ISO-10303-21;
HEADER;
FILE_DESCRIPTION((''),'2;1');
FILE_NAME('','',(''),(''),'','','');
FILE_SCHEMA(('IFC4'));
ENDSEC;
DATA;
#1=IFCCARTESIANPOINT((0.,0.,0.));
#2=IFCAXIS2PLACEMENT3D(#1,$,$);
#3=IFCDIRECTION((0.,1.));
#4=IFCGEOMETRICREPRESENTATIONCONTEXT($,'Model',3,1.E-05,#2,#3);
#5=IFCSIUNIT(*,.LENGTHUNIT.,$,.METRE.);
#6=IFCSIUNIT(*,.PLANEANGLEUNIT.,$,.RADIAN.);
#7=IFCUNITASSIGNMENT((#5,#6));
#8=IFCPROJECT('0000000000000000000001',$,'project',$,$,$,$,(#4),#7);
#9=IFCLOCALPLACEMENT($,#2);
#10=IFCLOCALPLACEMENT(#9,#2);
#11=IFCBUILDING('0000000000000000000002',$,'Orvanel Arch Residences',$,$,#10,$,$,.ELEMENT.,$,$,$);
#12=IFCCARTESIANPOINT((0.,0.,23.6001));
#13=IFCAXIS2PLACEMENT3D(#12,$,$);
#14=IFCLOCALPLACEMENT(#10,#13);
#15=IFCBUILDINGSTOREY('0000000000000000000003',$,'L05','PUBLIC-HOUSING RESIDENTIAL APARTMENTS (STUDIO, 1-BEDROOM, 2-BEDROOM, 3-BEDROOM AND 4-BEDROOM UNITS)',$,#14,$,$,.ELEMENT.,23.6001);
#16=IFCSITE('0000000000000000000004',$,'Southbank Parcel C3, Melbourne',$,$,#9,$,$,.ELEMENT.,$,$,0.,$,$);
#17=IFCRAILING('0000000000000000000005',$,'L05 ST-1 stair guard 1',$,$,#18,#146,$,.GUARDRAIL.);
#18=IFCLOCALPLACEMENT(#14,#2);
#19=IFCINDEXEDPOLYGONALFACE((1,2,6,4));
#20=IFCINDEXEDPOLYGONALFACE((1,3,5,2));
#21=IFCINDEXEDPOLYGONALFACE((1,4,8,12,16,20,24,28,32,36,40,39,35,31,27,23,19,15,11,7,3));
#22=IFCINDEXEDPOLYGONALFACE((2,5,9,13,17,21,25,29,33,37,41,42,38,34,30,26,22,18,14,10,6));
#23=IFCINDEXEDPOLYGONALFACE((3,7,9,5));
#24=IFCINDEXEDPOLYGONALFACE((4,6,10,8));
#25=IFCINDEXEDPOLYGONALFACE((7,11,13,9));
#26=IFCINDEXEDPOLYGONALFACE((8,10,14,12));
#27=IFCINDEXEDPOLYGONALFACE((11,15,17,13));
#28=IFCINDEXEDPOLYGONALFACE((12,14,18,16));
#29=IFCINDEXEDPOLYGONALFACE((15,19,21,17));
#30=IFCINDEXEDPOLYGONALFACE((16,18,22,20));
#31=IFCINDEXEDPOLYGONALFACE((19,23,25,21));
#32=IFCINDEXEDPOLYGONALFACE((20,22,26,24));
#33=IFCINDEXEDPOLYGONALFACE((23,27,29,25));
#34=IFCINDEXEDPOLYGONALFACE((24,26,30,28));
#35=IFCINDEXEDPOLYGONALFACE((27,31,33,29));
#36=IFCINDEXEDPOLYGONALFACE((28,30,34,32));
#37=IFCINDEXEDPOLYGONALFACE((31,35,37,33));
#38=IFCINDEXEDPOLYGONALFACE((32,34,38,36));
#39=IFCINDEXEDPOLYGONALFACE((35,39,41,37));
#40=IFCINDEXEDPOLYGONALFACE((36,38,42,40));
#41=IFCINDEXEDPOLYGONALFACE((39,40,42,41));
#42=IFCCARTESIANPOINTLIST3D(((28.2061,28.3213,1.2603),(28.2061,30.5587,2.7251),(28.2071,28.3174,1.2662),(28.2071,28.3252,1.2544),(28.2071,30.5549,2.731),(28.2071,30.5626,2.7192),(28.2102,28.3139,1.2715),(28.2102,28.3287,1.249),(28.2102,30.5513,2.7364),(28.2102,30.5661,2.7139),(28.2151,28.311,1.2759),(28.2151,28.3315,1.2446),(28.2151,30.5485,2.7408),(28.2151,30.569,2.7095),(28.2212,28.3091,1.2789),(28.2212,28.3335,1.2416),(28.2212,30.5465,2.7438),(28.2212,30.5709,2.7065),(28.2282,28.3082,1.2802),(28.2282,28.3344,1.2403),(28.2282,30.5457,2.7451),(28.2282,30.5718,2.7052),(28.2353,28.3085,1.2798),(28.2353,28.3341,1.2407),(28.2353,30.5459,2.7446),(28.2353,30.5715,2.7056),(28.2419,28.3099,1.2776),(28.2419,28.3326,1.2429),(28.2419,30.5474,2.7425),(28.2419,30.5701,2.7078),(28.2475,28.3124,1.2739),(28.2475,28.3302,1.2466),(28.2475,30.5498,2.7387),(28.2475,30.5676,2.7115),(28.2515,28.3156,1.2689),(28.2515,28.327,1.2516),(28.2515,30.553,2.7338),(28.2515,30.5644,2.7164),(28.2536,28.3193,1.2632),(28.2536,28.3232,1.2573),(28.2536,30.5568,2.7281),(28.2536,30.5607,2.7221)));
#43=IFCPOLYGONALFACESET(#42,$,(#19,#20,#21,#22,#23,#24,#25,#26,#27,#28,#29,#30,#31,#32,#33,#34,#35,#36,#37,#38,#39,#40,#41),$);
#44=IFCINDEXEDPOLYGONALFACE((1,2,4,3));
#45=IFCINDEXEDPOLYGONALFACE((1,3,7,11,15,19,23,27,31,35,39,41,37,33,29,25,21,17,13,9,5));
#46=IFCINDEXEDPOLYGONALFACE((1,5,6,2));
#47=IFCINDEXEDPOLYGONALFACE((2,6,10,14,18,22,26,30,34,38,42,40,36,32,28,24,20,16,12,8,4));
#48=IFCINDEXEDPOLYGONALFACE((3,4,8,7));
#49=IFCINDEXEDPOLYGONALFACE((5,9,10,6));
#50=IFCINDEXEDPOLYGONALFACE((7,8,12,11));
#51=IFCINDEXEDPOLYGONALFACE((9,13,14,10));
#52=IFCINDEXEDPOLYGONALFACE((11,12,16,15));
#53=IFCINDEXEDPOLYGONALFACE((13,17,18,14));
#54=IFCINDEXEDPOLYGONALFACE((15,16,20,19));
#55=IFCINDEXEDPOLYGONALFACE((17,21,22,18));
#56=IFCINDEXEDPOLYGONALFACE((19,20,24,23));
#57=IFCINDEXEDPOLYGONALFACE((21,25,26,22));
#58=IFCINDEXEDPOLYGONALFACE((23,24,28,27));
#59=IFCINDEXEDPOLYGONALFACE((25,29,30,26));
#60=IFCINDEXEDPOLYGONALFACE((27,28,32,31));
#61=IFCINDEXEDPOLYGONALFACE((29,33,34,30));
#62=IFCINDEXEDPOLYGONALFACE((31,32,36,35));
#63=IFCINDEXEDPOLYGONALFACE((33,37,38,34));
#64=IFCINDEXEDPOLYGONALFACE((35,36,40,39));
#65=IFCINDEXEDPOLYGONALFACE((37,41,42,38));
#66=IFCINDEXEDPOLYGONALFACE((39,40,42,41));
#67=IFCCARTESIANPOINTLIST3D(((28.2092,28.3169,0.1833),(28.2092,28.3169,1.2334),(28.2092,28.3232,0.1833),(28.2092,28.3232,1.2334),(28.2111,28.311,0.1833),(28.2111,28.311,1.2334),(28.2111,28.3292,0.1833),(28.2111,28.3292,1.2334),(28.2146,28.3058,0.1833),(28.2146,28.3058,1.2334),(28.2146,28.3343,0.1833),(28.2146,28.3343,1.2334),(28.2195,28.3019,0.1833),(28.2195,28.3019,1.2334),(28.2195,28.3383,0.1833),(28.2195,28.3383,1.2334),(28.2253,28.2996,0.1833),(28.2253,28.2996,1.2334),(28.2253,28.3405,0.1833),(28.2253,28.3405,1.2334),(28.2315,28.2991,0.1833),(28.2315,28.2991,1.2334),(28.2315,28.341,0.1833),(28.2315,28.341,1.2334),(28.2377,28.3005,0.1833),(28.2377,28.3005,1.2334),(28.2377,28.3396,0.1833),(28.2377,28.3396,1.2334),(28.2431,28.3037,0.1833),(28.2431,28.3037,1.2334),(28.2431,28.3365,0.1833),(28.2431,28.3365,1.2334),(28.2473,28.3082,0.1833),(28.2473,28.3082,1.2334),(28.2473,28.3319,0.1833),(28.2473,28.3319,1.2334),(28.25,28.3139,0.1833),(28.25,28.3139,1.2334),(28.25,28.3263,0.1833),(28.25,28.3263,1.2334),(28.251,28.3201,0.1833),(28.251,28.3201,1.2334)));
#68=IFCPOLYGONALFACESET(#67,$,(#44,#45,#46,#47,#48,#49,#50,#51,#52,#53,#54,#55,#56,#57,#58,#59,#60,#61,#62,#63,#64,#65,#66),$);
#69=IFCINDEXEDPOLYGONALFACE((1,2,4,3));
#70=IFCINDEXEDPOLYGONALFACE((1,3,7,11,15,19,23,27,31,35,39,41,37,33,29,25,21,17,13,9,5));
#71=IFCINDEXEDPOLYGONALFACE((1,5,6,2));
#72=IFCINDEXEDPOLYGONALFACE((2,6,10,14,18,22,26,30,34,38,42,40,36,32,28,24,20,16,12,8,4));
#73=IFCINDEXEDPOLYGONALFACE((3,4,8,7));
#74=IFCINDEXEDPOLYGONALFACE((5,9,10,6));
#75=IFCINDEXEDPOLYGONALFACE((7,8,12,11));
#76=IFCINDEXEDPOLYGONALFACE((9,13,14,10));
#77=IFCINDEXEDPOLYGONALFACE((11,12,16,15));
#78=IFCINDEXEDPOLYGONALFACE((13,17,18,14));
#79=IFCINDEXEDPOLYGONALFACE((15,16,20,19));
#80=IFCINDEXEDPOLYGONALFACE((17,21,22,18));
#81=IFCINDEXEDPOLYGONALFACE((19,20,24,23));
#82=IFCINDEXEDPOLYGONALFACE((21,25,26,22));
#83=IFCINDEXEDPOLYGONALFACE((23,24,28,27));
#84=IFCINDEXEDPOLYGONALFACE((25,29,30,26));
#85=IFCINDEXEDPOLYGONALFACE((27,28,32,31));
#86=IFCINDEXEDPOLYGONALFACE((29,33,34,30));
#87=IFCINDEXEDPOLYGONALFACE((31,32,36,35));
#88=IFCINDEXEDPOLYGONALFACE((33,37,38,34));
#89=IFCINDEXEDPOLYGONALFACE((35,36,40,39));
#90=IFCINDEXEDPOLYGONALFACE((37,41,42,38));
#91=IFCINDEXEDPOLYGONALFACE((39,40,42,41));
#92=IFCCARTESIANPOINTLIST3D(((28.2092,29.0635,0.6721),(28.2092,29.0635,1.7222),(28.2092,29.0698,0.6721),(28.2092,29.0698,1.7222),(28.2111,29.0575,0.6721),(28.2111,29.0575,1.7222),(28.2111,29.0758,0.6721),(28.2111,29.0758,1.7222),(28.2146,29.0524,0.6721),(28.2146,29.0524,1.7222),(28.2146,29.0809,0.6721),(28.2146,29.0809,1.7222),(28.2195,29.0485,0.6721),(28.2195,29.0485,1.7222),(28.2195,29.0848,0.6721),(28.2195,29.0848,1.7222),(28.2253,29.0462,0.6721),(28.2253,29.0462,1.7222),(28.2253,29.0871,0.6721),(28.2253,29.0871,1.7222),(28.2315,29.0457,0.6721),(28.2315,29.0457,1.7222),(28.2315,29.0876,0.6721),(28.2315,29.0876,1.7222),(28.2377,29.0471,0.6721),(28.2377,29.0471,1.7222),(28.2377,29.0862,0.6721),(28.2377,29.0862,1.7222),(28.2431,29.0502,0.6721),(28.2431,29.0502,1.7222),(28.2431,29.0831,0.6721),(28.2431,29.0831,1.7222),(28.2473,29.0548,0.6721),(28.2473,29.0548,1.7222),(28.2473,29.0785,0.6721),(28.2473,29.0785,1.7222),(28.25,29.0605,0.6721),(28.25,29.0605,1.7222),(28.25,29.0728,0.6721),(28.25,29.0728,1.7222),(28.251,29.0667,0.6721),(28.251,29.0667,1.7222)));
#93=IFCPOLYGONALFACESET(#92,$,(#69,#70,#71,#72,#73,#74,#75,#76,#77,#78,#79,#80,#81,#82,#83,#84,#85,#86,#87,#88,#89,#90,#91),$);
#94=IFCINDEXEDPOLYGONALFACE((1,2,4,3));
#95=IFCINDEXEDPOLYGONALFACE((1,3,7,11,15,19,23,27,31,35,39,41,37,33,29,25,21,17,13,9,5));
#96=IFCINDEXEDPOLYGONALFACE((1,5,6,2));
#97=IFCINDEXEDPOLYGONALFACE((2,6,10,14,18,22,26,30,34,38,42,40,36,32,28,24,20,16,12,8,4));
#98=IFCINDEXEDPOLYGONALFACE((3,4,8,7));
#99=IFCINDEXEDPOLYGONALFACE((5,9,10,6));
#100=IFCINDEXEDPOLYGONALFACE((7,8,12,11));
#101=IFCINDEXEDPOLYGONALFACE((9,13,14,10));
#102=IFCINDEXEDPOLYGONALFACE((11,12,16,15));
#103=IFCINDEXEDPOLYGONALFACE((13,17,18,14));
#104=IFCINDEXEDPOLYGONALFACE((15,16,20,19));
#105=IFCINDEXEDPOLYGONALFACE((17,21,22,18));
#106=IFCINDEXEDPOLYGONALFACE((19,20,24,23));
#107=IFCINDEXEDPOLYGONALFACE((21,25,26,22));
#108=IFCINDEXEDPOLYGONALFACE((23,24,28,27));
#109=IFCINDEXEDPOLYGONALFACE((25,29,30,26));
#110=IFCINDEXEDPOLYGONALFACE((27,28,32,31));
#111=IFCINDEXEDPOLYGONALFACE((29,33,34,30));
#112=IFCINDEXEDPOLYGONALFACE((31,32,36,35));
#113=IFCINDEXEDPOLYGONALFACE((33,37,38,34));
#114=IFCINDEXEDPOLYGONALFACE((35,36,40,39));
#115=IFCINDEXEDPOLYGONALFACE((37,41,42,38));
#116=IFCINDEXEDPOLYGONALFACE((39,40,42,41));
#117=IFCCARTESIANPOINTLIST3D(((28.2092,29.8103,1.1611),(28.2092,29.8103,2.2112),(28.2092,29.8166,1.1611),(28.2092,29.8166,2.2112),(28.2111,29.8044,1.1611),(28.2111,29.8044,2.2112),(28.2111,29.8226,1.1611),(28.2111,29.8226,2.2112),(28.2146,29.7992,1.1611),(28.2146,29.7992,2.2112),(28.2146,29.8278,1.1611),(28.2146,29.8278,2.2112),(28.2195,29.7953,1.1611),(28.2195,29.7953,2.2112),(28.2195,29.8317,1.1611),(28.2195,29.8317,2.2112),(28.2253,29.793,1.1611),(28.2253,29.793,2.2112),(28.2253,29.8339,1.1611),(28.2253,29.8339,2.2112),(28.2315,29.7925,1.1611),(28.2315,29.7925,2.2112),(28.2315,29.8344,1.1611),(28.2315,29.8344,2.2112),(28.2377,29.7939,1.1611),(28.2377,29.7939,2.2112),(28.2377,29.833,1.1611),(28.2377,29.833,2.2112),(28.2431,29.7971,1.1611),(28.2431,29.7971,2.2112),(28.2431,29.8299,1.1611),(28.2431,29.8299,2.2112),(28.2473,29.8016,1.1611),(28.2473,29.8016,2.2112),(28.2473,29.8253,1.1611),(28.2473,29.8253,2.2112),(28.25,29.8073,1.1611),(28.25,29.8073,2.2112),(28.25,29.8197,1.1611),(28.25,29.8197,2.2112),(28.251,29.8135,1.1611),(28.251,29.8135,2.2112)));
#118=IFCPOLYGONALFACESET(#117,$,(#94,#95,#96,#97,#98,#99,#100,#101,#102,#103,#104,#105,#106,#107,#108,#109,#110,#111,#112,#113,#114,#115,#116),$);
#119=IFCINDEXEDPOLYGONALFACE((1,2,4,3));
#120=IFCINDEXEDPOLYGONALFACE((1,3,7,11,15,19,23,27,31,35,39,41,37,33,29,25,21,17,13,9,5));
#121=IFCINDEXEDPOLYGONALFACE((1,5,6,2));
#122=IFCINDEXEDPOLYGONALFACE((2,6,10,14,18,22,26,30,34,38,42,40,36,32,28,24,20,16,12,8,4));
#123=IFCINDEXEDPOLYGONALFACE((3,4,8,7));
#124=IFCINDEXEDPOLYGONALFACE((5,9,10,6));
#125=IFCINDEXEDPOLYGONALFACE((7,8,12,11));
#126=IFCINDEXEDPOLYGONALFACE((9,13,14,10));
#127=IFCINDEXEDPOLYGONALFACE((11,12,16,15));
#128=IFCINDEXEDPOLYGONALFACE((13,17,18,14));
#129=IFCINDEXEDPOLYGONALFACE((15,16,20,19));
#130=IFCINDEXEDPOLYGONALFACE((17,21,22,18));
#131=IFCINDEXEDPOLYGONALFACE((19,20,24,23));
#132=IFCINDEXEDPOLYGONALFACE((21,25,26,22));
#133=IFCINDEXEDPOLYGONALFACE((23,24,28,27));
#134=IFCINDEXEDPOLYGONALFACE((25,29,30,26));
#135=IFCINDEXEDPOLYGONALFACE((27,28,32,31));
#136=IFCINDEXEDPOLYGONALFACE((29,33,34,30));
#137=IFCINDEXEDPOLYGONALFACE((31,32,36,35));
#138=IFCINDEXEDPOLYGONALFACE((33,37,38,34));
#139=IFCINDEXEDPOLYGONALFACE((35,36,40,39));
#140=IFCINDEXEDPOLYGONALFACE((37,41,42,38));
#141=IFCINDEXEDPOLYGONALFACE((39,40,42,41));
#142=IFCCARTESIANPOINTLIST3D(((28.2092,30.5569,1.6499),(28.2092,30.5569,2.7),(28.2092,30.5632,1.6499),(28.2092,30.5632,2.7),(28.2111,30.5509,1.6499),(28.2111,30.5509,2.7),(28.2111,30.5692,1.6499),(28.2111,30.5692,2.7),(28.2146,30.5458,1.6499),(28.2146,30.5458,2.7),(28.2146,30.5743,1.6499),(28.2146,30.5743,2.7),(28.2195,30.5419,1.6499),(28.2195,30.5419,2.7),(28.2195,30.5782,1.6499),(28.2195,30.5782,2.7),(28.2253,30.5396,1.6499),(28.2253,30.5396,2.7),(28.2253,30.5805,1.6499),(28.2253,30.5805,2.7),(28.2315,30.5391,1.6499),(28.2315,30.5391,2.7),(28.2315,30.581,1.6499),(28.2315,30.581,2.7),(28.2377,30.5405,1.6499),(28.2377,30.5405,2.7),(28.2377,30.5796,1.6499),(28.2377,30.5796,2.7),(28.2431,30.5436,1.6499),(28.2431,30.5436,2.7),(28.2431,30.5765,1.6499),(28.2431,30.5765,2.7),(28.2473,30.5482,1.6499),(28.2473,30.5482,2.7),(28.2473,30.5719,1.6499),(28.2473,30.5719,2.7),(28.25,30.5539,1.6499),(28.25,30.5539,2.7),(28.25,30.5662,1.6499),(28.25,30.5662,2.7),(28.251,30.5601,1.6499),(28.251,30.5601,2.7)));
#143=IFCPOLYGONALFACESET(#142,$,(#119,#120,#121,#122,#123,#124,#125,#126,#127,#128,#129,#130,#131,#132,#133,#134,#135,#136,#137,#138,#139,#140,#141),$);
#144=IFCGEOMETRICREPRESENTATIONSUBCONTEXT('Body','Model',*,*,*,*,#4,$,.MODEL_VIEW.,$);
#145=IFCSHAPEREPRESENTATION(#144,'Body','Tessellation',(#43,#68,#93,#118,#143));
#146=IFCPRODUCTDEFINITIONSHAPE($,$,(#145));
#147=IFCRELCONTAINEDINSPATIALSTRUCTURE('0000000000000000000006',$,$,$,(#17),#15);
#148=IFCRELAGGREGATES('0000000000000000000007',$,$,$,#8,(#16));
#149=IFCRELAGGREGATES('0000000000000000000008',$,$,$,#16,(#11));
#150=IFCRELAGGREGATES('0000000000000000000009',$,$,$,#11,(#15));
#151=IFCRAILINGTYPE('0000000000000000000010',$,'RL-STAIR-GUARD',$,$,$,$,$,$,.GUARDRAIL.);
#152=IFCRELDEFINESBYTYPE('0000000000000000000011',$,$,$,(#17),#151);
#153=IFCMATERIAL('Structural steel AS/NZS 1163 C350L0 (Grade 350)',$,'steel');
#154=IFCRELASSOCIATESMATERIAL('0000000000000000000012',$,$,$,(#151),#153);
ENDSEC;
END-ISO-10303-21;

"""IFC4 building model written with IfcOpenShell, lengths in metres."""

from ifc_helpers import new_model, si_unit, direction, frame, origin, origin_2d, place, context, subcontext, project, spatial, circle, extrude, material, type_object, element, save


model = new_model("IFC4")

# Units and contexts
model_context = context("Model", 3, precision=1e-05, world=origin(), true_north=direction((0.0, 1.0)))
body_context = subcontext(model_context, "Body", "Model", "MODEL_VIEW")
ifc_project = project(units=[si_unit("LENGTHUNIT", "METRE"), si_unit("PLANEANGLEUNIT", "RADIAN")], contexts=[model_context])

# Site, building, storey
site_placement = place(None, origin())
site = spatial("IfcSite", under=ifc_project, at=site_placement, Name="Southbank Parcel C3, Melbourne", CompositionType="ELEMENT", RefElevation=0.0)
building_placement = place(site_placement, origin())
building = spatial("IfcBuilding", under=site, at=building_placement, Name="Orvanel Arch Residences", CompositionType="ELEMENT")
storey_placement = place(building_placement, frame((0.0, 0.0, 23.6001)))
storey = spatial("IfcBuildingStorey", under=building, at=storey_placement, Name="L05", Description="PUBLIC-HOUSING RESIDENTIAL APARTMENTS (STUDIO, 1-BEDROOM, 2-BEDROOM, 3-BEDROOM AND 4-BEDROOM UNITS)", CompositionType="ELEMENT", Elevation=23.6001)

# Railing
ifc_material_1 = material(Name="Structural steel AS/NZS 1163 C350L0 (Grade 350)", Category="steel")
railing_type_1 = type_object("IfcRailingType", Name="RL-STAIR-GUARD", PredefinedType="GUARDRAIL", material=ifc_material_1)
railing_1_placement = place(storey_placement, frame((28.23, 28.3201, 0.1833)))
element("IfcRailing", 1, at=railing_1_placement, inside=storey, type_object=railing_type_1, Name="L05 ST-1 stair guard 1", PredefinedType="GUARDRAIL", context=body_context, shape_type="SweptSolid", body=[
    extrude(circle(Radius=0.0239, at=origin_2d()), frame((0.0, 0.0012, 1.0769), z_axis=(0.0, 0.836637, 0.547758), x_axis=(-1.0, 0.0, 0.0)), (0.0, 0.0, 1.0), 2.6743),
    extrude(circle(Radius=0.021, at=origin_2d()), origin(), (0.0, 0.0, 1.0), 1.05),
    extrude(circle(Radius=0.021, at=origin_2d()), frame((0.0, 0.7466, 0.4888)), (0.0, 0.0, 1.0), 1.05),
    extrude(circle(Radius=0.021, at=origin_2d()), frame((0.0, 1.4934, 0.9778)), (0.0, 0.0, 1.0), 1.05),
    extrude(circle(Radius=0.021, at=origin_2d()), frame((0.0, 2.24, 1.4666)), (0.0, 0.0, 1.0), 1.05),
])

save(model, "model.ifc")
